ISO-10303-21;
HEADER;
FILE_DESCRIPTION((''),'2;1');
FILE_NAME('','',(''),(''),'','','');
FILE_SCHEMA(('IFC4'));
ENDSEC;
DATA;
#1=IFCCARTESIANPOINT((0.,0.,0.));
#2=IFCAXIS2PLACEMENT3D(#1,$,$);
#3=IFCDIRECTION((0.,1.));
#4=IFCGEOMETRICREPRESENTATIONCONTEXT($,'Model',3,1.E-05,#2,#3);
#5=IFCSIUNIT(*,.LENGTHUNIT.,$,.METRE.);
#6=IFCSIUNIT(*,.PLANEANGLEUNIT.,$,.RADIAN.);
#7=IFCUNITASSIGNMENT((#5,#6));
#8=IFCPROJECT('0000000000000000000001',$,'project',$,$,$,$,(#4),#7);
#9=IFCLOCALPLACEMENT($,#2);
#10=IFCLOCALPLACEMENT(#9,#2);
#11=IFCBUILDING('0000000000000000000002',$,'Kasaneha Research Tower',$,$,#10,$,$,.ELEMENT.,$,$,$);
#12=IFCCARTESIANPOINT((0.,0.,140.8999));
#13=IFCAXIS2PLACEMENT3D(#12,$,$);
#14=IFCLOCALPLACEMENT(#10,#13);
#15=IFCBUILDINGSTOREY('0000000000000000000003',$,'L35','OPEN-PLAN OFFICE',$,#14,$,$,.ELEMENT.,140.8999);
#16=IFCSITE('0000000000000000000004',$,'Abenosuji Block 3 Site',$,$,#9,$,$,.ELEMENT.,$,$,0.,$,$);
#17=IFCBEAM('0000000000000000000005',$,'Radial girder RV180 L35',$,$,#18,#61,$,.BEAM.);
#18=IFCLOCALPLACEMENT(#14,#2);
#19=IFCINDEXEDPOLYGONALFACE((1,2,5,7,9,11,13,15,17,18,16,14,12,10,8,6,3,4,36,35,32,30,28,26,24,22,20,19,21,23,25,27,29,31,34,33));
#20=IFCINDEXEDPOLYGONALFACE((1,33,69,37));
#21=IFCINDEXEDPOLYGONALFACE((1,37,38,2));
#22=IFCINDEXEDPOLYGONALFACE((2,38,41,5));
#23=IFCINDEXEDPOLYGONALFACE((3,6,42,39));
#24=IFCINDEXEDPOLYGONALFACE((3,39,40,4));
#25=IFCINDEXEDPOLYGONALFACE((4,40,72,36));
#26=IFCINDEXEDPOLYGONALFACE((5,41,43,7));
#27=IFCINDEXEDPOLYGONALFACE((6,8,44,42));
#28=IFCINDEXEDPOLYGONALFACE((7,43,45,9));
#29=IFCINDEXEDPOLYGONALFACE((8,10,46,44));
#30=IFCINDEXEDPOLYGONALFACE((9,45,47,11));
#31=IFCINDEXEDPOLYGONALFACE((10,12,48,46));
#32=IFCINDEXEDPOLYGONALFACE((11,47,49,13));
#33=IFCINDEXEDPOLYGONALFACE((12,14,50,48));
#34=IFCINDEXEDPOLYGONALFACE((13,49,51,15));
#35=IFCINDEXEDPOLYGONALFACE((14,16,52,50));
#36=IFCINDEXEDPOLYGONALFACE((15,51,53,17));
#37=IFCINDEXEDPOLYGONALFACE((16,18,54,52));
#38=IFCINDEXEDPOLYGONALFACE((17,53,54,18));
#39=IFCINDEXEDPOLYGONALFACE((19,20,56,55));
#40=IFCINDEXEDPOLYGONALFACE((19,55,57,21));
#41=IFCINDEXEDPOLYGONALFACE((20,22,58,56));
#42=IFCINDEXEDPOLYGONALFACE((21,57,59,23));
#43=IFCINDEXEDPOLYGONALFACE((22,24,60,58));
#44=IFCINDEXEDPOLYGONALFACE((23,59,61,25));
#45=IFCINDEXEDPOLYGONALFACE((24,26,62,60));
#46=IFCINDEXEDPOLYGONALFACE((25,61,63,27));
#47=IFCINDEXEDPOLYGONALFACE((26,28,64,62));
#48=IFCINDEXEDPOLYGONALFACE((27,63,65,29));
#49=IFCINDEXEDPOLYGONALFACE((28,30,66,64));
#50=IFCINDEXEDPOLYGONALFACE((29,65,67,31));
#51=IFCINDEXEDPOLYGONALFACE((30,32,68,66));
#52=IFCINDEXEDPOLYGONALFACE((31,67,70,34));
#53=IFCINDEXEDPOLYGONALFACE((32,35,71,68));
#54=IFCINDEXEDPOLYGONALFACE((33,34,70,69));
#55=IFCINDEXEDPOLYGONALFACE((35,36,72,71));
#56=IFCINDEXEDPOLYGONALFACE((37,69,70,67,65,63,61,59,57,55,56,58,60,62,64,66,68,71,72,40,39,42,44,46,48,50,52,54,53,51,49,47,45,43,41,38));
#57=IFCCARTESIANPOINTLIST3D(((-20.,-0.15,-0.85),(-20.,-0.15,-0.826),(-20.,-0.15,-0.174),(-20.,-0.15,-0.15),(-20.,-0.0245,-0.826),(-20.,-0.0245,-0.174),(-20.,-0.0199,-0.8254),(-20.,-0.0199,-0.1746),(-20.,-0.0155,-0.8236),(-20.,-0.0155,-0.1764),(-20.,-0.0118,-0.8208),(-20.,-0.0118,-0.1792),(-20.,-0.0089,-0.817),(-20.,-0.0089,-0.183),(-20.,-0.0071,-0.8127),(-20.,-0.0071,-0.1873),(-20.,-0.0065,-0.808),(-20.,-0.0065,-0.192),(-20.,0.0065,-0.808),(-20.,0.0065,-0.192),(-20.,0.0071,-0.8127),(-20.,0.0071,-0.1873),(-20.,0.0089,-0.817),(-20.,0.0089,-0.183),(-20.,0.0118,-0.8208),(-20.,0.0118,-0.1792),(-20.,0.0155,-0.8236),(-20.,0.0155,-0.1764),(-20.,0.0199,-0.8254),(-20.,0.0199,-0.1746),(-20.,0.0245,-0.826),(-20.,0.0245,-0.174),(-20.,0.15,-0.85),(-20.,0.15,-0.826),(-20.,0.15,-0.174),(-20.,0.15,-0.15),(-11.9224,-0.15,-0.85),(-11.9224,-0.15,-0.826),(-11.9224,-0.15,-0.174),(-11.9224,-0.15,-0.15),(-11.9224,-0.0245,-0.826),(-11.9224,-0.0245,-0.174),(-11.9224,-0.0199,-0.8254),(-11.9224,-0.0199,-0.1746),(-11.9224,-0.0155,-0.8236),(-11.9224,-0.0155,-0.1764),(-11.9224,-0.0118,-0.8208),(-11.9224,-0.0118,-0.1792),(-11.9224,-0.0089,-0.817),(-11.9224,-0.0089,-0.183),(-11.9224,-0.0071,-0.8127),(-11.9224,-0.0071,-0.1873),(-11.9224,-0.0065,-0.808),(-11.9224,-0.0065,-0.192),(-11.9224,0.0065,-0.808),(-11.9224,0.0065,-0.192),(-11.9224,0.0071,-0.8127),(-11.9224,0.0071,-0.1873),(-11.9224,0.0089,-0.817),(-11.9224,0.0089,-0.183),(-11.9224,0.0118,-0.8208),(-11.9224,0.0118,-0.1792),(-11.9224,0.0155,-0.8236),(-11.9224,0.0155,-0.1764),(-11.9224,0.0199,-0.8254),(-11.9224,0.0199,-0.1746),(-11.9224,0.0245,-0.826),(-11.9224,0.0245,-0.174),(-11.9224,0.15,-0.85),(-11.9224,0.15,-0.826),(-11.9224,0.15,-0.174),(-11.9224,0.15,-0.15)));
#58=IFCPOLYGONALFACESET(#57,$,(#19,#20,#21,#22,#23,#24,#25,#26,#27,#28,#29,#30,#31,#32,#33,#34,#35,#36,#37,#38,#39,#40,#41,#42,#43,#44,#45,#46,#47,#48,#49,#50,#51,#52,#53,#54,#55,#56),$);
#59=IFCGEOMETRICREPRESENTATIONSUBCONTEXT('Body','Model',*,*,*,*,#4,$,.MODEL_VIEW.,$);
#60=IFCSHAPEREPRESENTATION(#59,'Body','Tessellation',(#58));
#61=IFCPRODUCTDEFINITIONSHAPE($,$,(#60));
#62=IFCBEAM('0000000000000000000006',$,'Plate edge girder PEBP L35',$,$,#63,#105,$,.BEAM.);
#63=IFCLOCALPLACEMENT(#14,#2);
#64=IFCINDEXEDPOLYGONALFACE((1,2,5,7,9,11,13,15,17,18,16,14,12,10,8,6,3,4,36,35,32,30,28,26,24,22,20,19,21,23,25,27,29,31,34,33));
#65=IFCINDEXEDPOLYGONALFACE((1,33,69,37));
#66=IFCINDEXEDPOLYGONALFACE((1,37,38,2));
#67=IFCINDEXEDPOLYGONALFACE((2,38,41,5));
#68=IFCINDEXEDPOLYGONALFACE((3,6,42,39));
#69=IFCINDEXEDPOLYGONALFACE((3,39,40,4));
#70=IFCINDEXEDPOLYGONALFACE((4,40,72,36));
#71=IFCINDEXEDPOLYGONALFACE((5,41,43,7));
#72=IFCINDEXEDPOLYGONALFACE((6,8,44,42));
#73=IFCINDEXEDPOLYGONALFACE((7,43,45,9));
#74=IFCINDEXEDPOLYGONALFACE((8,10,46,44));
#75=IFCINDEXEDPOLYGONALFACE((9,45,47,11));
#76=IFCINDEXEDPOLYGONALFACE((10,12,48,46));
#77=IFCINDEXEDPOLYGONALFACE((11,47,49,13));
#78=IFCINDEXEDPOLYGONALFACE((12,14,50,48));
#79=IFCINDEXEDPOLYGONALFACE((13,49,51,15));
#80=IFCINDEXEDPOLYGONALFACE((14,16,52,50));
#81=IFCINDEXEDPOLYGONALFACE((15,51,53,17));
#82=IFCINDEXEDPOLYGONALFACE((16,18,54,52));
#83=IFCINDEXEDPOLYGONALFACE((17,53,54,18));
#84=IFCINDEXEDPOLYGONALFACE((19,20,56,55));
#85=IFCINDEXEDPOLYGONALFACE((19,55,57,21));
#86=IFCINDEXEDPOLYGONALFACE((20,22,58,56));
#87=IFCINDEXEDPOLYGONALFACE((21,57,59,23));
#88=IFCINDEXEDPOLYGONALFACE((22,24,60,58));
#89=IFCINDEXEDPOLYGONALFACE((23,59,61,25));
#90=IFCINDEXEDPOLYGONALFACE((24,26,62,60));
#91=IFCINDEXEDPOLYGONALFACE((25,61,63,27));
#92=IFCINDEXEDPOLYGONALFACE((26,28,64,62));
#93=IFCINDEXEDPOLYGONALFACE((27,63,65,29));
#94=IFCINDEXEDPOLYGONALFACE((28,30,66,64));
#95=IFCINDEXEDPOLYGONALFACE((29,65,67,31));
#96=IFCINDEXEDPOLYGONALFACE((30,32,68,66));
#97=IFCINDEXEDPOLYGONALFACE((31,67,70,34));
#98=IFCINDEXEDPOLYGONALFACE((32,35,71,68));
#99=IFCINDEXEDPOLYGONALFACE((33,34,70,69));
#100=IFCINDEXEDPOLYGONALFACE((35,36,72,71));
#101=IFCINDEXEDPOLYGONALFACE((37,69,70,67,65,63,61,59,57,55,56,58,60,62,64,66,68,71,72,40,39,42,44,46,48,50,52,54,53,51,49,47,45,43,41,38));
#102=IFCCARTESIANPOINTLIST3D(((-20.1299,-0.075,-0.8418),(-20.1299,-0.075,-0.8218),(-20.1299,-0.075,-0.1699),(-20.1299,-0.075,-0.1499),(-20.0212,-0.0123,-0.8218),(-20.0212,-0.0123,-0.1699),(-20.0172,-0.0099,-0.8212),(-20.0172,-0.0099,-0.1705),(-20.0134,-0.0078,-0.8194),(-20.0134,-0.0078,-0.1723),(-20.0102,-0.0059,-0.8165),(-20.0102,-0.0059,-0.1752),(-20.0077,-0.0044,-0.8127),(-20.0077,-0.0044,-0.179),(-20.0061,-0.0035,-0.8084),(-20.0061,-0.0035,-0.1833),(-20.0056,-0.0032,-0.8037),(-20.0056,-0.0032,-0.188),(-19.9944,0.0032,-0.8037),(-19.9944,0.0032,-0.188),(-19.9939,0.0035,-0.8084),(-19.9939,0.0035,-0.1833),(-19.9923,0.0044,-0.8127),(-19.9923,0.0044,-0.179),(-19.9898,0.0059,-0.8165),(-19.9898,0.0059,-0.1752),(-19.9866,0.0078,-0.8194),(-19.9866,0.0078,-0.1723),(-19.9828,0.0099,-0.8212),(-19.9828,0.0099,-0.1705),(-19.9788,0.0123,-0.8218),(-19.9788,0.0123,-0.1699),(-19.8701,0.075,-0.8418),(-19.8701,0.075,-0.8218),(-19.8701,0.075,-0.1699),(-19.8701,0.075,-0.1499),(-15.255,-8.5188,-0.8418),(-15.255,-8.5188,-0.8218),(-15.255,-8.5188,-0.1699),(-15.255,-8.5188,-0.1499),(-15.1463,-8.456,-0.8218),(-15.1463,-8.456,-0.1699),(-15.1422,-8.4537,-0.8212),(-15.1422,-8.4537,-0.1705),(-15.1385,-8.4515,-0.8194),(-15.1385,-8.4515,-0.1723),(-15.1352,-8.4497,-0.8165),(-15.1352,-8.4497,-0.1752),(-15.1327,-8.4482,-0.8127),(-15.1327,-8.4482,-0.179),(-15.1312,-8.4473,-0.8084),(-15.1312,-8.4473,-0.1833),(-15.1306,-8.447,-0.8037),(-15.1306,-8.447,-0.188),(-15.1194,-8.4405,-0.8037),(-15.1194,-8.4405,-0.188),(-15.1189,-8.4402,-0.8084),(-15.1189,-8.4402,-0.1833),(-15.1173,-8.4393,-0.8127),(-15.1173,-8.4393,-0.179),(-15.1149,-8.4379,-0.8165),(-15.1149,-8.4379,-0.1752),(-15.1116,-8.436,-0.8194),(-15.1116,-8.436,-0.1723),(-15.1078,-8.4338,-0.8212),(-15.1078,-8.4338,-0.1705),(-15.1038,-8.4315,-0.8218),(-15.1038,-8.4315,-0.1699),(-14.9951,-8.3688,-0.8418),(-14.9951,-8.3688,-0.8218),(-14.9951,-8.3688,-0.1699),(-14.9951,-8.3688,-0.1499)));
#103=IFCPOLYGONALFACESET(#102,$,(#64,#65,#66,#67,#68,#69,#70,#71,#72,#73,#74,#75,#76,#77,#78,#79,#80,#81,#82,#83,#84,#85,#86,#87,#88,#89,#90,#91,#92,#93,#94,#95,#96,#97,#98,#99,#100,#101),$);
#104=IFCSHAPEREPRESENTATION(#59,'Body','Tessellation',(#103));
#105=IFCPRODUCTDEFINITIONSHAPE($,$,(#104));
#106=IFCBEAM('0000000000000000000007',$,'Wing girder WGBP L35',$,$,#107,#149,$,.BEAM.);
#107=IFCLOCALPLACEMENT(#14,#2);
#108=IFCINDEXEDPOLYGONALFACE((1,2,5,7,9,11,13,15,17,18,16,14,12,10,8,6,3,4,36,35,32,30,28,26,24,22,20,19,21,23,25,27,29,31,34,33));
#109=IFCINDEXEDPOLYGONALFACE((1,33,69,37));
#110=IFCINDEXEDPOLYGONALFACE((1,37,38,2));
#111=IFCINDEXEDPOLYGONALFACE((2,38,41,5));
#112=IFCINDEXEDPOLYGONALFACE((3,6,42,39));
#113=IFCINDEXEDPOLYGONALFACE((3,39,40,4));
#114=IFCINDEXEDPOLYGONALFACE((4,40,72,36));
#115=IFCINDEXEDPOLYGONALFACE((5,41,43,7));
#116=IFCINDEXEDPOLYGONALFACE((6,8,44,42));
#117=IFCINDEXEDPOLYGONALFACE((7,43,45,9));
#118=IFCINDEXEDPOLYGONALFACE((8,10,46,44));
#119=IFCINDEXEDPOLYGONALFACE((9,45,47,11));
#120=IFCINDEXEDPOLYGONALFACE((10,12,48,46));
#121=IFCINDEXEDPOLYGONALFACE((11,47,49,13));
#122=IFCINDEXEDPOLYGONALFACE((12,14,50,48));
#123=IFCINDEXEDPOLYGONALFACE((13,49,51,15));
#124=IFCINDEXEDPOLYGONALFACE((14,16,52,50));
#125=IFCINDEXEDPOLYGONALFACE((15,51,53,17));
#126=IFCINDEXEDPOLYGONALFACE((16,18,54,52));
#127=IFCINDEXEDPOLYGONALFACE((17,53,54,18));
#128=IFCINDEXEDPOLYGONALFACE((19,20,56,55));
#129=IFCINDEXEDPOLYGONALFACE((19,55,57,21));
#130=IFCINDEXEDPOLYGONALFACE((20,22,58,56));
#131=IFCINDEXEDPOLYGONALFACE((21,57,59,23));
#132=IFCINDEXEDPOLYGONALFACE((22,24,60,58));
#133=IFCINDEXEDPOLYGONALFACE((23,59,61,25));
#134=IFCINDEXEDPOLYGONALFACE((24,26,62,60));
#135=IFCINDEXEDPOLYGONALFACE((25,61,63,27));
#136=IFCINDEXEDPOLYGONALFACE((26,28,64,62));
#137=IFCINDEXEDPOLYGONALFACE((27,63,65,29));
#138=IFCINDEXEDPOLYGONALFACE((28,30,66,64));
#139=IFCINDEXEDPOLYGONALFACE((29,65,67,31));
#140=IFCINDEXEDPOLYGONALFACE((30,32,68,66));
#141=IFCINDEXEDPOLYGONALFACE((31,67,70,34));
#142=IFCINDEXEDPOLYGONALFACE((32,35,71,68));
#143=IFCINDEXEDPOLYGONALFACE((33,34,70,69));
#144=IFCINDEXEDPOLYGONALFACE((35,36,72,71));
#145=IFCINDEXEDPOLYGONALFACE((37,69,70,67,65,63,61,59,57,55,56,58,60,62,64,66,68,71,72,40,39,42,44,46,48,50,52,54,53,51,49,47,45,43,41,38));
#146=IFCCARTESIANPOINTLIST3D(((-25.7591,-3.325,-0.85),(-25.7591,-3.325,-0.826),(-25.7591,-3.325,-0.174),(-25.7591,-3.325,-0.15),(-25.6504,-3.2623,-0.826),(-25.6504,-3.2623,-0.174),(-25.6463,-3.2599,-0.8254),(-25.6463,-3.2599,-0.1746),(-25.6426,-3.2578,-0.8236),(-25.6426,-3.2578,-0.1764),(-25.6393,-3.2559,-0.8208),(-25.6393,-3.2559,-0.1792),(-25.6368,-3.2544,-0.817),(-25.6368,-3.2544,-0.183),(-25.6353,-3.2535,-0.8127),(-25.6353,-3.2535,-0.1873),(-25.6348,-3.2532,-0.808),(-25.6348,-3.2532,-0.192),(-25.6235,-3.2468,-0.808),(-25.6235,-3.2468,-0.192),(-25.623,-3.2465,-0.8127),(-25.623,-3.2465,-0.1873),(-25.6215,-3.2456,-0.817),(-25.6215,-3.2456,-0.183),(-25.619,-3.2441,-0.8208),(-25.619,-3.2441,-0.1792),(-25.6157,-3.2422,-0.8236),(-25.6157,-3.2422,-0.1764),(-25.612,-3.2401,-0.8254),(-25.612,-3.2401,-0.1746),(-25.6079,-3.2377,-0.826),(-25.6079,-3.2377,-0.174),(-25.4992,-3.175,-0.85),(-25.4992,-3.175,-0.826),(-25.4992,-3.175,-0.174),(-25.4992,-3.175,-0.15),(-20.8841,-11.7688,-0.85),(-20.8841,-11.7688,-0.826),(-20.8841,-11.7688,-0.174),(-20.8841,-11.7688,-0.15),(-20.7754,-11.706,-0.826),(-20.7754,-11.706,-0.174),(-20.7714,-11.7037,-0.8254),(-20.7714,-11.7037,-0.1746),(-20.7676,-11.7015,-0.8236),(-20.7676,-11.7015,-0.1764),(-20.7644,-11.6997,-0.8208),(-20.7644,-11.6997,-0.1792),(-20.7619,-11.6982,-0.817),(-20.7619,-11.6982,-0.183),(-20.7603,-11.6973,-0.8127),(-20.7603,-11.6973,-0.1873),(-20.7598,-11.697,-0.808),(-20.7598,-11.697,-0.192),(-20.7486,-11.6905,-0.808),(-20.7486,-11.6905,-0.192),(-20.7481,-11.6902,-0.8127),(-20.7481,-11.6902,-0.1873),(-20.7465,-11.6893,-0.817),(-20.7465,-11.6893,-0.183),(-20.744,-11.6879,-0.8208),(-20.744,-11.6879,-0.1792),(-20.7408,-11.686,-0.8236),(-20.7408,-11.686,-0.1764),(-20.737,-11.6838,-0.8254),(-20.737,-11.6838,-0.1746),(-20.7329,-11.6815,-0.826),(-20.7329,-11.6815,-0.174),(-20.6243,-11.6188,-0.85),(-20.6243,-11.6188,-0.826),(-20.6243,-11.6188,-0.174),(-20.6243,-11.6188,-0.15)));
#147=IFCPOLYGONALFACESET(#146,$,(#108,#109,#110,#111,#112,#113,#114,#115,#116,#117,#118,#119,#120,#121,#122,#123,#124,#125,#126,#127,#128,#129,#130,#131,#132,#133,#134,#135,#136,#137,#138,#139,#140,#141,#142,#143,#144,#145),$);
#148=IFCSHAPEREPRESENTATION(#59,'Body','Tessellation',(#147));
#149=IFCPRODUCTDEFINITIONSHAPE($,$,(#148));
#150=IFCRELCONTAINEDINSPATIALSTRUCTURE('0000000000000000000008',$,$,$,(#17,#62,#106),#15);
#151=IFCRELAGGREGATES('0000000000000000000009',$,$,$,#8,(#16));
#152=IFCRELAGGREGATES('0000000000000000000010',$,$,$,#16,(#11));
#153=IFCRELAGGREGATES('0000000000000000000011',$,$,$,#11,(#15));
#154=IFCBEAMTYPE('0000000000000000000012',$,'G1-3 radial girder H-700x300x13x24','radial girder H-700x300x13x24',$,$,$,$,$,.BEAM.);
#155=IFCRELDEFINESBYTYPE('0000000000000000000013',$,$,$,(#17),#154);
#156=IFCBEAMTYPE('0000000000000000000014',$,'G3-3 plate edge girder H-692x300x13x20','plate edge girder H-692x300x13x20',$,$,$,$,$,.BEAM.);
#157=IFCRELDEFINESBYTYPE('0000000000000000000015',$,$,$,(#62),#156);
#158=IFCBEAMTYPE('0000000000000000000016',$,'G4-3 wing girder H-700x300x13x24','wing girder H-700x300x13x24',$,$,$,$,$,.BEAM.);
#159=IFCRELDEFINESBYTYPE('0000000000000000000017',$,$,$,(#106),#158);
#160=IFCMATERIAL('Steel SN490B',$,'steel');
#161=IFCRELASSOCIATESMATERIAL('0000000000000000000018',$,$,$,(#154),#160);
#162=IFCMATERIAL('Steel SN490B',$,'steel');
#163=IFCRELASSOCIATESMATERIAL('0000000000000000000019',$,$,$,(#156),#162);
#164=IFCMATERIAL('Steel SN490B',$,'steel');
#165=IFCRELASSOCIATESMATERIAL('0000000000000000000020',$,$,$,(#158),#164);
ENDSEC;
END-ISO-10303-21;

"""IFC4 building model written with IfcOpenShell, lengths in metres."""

from ifc_helpers import new_model, si_unit, direction, frame, origin, origin_2d, place, context, subcontext, project, spatial, i_section, extrude, material, material_profile, profile_set, type_object, element, save


model = new_model("IFC4")

# Units and contexts
model_context = context("Model", 3, precision=1e-05, world=origin(), true_north=direction((0.0, 1.0)))
body_context = subcontext(model_context, "Body", "Model", "MODEL_VIEW")
ifc_project = project(units=[si_unit("LENGTHUNIT", "METRE"), si_unit("PLANEANGLEUNIT", "RADIAN")], contexts=[model_context])

# Site, building, storey
site_placement = place(None, origin())
site = spatial("IfcSite", under=ifc_project, at=site_placement, Name="Abenosuji Block 3 Site", CompositionType="ELEMENT", RefElevation=0.0)
building_placement = place(site_placement, origin())
building = spatial("IfcBuilding", under=site, at=building_placement, Name="Kasaneha Research Tower", CompositionType="ELEMENT")
storey_placement = place(building_placement, frame((0.0, 0.0, 140.8999)))
storey = spatial("IfcBuildingStorey", under=building, at=storey_placement, Name="L35", Description="OPEN-PLAN OFFICE", CompositionType="ELEMENT", Elevation=140.8999)

# Beams
ifc_material_1 = material(Name="Steel SN490B", Category="steel")
ifc_material_profile_1 = material_profile(ifc_material_1, i_section(OverallWidth=0.3, OverallDepth=0.7, WebThickness=0.0129, FlangeThickness=0.0239, FilletRadius=0.0181, at=origin_2d()), Name="H-700x300x13x24")
ifc_profile_set_1 = profile_set([ifc_material_profile_1], Name="Steel SN490B")
beam_type_1 = type_object("IfcBeamType", Name="G1-3 radial girder H-700x300x13x24", Description="radial girder H-700x300x13x24", PredefinedType="BEAM", material=ifc_profile_set_1)
beam_1_placement = place(storey_placement, frame((-11.9224, 0.0, -0.5), z_axis=(-1.0, 0.0, 0.0), x_axis=(0.0, -1.0, 0.0)))
element("IfcBeam", 1, at=beam_1_placement, inside=storey, type_object=beam_type_1, Name="Radial girder RV180 L35", PredefinedType="BEAM", context=body_context, shape_type="SweptSolid", body=[
    extrude(i_section(OverallWidth=0.3, OverallDepth=0.7, WebThickness=0.0129, FlangeThickness=0.0239, FilletRadius=0.0181, at=origin_2d()), origin(), (0.0, 0.0, 1.0), 8.0776),
])
ifc_material_2 = material(Name="Steel SN490B", Category="steel")
ifc_material_profile_2 = material_profile(ifc_material_2, i_section(OverallWidth=0.3, OverallDepth=0.6919, WebThickness=0.0129, FlangeThickness=0.02, FilletRadius=0.0181, at=origin_2d()), Name="H-692x300x13x20")
ifc_profile_set_2 = profile_set([ifc_material_profile_2], Name="Steel SN490B")
beam_type_2 = type_object("IfcBeamType", Name="G3-3 plate edge girder H-692x300x13x20", Description="plate edge girder H-692x300x13x20", PredefinedType="BEAM", material=ifc_profile_set_2)
beam_2_placement = place(storey_placement, frame((-20.0, 0.0, -0.4958), z_axis=(0.499996, -0.866028, 0.0), x_axis=(0.866028, 0.499996, 0.0)))
element("IfcBeam", 2, at=beam_2_placement, inside=storey, type_object=beam_type_2, Name="Plate edge girder PEBP L35", PredefinedType="BEAM", context=body_context, shape_type="SweptSolid", body=[
    extrude(i_section(OverallWidth=0.3, OverallDepth=0.6919, WebThickness=0.0129, FlangeThickness=0.02, FilletRadius=0.0181, at=origin_2d()), origin(), (0.0, 0.0, 1.0), 9.75),
])
ifc_material_3 = material(Name="Steel SN490B", Category="steel")
ifc_material_profile_3 = material_profile(ifc_material_3, i_section(OverallWidth=0.3, OverallDepth=0.7, WebThickness=0.0129, FlangeThickness=0.0239, FilletRadius=0.0181, at=origin_2d()), Name="H-700x300x13x24")
ifc_profile_set_3 = profile_set([ifc_material_profile_3], Name="Steel SN490B")
beam_type_3 = type_object("IfcBeamType", Name="G4-3 wing girder H-700x300x13x24", Description="wing girder H-700x300x13x24", PredefinedType="BEAM", material=ifc_profile_set_3)
beam_3_placement = place(storey_placement, frame((-25.6292, -3.25, -0.5), z_axis=(0.499996, -0.866028, 0.0), x_axis=(0.866028, 0.499996, 0.0)))
element("IfcBeam", 3, at=beam_3_placement, inside=storey, type_object=beam_type_3, Name="Wing girder WGBP L35", PredefinedType="BEAM", context=body_context, shape_type="SweptSolid", body=[
    extrude(i_section(OverallWidth=0.3, OverallDepth=0.7, WebThickness=0.0129, FlangeThickness=0.0239, FilletRadius=0.0181, at=origin_2d()), origin(), (0.0, 0.0, 1.0), 9.75),
])

save(model, "model.ifc")
